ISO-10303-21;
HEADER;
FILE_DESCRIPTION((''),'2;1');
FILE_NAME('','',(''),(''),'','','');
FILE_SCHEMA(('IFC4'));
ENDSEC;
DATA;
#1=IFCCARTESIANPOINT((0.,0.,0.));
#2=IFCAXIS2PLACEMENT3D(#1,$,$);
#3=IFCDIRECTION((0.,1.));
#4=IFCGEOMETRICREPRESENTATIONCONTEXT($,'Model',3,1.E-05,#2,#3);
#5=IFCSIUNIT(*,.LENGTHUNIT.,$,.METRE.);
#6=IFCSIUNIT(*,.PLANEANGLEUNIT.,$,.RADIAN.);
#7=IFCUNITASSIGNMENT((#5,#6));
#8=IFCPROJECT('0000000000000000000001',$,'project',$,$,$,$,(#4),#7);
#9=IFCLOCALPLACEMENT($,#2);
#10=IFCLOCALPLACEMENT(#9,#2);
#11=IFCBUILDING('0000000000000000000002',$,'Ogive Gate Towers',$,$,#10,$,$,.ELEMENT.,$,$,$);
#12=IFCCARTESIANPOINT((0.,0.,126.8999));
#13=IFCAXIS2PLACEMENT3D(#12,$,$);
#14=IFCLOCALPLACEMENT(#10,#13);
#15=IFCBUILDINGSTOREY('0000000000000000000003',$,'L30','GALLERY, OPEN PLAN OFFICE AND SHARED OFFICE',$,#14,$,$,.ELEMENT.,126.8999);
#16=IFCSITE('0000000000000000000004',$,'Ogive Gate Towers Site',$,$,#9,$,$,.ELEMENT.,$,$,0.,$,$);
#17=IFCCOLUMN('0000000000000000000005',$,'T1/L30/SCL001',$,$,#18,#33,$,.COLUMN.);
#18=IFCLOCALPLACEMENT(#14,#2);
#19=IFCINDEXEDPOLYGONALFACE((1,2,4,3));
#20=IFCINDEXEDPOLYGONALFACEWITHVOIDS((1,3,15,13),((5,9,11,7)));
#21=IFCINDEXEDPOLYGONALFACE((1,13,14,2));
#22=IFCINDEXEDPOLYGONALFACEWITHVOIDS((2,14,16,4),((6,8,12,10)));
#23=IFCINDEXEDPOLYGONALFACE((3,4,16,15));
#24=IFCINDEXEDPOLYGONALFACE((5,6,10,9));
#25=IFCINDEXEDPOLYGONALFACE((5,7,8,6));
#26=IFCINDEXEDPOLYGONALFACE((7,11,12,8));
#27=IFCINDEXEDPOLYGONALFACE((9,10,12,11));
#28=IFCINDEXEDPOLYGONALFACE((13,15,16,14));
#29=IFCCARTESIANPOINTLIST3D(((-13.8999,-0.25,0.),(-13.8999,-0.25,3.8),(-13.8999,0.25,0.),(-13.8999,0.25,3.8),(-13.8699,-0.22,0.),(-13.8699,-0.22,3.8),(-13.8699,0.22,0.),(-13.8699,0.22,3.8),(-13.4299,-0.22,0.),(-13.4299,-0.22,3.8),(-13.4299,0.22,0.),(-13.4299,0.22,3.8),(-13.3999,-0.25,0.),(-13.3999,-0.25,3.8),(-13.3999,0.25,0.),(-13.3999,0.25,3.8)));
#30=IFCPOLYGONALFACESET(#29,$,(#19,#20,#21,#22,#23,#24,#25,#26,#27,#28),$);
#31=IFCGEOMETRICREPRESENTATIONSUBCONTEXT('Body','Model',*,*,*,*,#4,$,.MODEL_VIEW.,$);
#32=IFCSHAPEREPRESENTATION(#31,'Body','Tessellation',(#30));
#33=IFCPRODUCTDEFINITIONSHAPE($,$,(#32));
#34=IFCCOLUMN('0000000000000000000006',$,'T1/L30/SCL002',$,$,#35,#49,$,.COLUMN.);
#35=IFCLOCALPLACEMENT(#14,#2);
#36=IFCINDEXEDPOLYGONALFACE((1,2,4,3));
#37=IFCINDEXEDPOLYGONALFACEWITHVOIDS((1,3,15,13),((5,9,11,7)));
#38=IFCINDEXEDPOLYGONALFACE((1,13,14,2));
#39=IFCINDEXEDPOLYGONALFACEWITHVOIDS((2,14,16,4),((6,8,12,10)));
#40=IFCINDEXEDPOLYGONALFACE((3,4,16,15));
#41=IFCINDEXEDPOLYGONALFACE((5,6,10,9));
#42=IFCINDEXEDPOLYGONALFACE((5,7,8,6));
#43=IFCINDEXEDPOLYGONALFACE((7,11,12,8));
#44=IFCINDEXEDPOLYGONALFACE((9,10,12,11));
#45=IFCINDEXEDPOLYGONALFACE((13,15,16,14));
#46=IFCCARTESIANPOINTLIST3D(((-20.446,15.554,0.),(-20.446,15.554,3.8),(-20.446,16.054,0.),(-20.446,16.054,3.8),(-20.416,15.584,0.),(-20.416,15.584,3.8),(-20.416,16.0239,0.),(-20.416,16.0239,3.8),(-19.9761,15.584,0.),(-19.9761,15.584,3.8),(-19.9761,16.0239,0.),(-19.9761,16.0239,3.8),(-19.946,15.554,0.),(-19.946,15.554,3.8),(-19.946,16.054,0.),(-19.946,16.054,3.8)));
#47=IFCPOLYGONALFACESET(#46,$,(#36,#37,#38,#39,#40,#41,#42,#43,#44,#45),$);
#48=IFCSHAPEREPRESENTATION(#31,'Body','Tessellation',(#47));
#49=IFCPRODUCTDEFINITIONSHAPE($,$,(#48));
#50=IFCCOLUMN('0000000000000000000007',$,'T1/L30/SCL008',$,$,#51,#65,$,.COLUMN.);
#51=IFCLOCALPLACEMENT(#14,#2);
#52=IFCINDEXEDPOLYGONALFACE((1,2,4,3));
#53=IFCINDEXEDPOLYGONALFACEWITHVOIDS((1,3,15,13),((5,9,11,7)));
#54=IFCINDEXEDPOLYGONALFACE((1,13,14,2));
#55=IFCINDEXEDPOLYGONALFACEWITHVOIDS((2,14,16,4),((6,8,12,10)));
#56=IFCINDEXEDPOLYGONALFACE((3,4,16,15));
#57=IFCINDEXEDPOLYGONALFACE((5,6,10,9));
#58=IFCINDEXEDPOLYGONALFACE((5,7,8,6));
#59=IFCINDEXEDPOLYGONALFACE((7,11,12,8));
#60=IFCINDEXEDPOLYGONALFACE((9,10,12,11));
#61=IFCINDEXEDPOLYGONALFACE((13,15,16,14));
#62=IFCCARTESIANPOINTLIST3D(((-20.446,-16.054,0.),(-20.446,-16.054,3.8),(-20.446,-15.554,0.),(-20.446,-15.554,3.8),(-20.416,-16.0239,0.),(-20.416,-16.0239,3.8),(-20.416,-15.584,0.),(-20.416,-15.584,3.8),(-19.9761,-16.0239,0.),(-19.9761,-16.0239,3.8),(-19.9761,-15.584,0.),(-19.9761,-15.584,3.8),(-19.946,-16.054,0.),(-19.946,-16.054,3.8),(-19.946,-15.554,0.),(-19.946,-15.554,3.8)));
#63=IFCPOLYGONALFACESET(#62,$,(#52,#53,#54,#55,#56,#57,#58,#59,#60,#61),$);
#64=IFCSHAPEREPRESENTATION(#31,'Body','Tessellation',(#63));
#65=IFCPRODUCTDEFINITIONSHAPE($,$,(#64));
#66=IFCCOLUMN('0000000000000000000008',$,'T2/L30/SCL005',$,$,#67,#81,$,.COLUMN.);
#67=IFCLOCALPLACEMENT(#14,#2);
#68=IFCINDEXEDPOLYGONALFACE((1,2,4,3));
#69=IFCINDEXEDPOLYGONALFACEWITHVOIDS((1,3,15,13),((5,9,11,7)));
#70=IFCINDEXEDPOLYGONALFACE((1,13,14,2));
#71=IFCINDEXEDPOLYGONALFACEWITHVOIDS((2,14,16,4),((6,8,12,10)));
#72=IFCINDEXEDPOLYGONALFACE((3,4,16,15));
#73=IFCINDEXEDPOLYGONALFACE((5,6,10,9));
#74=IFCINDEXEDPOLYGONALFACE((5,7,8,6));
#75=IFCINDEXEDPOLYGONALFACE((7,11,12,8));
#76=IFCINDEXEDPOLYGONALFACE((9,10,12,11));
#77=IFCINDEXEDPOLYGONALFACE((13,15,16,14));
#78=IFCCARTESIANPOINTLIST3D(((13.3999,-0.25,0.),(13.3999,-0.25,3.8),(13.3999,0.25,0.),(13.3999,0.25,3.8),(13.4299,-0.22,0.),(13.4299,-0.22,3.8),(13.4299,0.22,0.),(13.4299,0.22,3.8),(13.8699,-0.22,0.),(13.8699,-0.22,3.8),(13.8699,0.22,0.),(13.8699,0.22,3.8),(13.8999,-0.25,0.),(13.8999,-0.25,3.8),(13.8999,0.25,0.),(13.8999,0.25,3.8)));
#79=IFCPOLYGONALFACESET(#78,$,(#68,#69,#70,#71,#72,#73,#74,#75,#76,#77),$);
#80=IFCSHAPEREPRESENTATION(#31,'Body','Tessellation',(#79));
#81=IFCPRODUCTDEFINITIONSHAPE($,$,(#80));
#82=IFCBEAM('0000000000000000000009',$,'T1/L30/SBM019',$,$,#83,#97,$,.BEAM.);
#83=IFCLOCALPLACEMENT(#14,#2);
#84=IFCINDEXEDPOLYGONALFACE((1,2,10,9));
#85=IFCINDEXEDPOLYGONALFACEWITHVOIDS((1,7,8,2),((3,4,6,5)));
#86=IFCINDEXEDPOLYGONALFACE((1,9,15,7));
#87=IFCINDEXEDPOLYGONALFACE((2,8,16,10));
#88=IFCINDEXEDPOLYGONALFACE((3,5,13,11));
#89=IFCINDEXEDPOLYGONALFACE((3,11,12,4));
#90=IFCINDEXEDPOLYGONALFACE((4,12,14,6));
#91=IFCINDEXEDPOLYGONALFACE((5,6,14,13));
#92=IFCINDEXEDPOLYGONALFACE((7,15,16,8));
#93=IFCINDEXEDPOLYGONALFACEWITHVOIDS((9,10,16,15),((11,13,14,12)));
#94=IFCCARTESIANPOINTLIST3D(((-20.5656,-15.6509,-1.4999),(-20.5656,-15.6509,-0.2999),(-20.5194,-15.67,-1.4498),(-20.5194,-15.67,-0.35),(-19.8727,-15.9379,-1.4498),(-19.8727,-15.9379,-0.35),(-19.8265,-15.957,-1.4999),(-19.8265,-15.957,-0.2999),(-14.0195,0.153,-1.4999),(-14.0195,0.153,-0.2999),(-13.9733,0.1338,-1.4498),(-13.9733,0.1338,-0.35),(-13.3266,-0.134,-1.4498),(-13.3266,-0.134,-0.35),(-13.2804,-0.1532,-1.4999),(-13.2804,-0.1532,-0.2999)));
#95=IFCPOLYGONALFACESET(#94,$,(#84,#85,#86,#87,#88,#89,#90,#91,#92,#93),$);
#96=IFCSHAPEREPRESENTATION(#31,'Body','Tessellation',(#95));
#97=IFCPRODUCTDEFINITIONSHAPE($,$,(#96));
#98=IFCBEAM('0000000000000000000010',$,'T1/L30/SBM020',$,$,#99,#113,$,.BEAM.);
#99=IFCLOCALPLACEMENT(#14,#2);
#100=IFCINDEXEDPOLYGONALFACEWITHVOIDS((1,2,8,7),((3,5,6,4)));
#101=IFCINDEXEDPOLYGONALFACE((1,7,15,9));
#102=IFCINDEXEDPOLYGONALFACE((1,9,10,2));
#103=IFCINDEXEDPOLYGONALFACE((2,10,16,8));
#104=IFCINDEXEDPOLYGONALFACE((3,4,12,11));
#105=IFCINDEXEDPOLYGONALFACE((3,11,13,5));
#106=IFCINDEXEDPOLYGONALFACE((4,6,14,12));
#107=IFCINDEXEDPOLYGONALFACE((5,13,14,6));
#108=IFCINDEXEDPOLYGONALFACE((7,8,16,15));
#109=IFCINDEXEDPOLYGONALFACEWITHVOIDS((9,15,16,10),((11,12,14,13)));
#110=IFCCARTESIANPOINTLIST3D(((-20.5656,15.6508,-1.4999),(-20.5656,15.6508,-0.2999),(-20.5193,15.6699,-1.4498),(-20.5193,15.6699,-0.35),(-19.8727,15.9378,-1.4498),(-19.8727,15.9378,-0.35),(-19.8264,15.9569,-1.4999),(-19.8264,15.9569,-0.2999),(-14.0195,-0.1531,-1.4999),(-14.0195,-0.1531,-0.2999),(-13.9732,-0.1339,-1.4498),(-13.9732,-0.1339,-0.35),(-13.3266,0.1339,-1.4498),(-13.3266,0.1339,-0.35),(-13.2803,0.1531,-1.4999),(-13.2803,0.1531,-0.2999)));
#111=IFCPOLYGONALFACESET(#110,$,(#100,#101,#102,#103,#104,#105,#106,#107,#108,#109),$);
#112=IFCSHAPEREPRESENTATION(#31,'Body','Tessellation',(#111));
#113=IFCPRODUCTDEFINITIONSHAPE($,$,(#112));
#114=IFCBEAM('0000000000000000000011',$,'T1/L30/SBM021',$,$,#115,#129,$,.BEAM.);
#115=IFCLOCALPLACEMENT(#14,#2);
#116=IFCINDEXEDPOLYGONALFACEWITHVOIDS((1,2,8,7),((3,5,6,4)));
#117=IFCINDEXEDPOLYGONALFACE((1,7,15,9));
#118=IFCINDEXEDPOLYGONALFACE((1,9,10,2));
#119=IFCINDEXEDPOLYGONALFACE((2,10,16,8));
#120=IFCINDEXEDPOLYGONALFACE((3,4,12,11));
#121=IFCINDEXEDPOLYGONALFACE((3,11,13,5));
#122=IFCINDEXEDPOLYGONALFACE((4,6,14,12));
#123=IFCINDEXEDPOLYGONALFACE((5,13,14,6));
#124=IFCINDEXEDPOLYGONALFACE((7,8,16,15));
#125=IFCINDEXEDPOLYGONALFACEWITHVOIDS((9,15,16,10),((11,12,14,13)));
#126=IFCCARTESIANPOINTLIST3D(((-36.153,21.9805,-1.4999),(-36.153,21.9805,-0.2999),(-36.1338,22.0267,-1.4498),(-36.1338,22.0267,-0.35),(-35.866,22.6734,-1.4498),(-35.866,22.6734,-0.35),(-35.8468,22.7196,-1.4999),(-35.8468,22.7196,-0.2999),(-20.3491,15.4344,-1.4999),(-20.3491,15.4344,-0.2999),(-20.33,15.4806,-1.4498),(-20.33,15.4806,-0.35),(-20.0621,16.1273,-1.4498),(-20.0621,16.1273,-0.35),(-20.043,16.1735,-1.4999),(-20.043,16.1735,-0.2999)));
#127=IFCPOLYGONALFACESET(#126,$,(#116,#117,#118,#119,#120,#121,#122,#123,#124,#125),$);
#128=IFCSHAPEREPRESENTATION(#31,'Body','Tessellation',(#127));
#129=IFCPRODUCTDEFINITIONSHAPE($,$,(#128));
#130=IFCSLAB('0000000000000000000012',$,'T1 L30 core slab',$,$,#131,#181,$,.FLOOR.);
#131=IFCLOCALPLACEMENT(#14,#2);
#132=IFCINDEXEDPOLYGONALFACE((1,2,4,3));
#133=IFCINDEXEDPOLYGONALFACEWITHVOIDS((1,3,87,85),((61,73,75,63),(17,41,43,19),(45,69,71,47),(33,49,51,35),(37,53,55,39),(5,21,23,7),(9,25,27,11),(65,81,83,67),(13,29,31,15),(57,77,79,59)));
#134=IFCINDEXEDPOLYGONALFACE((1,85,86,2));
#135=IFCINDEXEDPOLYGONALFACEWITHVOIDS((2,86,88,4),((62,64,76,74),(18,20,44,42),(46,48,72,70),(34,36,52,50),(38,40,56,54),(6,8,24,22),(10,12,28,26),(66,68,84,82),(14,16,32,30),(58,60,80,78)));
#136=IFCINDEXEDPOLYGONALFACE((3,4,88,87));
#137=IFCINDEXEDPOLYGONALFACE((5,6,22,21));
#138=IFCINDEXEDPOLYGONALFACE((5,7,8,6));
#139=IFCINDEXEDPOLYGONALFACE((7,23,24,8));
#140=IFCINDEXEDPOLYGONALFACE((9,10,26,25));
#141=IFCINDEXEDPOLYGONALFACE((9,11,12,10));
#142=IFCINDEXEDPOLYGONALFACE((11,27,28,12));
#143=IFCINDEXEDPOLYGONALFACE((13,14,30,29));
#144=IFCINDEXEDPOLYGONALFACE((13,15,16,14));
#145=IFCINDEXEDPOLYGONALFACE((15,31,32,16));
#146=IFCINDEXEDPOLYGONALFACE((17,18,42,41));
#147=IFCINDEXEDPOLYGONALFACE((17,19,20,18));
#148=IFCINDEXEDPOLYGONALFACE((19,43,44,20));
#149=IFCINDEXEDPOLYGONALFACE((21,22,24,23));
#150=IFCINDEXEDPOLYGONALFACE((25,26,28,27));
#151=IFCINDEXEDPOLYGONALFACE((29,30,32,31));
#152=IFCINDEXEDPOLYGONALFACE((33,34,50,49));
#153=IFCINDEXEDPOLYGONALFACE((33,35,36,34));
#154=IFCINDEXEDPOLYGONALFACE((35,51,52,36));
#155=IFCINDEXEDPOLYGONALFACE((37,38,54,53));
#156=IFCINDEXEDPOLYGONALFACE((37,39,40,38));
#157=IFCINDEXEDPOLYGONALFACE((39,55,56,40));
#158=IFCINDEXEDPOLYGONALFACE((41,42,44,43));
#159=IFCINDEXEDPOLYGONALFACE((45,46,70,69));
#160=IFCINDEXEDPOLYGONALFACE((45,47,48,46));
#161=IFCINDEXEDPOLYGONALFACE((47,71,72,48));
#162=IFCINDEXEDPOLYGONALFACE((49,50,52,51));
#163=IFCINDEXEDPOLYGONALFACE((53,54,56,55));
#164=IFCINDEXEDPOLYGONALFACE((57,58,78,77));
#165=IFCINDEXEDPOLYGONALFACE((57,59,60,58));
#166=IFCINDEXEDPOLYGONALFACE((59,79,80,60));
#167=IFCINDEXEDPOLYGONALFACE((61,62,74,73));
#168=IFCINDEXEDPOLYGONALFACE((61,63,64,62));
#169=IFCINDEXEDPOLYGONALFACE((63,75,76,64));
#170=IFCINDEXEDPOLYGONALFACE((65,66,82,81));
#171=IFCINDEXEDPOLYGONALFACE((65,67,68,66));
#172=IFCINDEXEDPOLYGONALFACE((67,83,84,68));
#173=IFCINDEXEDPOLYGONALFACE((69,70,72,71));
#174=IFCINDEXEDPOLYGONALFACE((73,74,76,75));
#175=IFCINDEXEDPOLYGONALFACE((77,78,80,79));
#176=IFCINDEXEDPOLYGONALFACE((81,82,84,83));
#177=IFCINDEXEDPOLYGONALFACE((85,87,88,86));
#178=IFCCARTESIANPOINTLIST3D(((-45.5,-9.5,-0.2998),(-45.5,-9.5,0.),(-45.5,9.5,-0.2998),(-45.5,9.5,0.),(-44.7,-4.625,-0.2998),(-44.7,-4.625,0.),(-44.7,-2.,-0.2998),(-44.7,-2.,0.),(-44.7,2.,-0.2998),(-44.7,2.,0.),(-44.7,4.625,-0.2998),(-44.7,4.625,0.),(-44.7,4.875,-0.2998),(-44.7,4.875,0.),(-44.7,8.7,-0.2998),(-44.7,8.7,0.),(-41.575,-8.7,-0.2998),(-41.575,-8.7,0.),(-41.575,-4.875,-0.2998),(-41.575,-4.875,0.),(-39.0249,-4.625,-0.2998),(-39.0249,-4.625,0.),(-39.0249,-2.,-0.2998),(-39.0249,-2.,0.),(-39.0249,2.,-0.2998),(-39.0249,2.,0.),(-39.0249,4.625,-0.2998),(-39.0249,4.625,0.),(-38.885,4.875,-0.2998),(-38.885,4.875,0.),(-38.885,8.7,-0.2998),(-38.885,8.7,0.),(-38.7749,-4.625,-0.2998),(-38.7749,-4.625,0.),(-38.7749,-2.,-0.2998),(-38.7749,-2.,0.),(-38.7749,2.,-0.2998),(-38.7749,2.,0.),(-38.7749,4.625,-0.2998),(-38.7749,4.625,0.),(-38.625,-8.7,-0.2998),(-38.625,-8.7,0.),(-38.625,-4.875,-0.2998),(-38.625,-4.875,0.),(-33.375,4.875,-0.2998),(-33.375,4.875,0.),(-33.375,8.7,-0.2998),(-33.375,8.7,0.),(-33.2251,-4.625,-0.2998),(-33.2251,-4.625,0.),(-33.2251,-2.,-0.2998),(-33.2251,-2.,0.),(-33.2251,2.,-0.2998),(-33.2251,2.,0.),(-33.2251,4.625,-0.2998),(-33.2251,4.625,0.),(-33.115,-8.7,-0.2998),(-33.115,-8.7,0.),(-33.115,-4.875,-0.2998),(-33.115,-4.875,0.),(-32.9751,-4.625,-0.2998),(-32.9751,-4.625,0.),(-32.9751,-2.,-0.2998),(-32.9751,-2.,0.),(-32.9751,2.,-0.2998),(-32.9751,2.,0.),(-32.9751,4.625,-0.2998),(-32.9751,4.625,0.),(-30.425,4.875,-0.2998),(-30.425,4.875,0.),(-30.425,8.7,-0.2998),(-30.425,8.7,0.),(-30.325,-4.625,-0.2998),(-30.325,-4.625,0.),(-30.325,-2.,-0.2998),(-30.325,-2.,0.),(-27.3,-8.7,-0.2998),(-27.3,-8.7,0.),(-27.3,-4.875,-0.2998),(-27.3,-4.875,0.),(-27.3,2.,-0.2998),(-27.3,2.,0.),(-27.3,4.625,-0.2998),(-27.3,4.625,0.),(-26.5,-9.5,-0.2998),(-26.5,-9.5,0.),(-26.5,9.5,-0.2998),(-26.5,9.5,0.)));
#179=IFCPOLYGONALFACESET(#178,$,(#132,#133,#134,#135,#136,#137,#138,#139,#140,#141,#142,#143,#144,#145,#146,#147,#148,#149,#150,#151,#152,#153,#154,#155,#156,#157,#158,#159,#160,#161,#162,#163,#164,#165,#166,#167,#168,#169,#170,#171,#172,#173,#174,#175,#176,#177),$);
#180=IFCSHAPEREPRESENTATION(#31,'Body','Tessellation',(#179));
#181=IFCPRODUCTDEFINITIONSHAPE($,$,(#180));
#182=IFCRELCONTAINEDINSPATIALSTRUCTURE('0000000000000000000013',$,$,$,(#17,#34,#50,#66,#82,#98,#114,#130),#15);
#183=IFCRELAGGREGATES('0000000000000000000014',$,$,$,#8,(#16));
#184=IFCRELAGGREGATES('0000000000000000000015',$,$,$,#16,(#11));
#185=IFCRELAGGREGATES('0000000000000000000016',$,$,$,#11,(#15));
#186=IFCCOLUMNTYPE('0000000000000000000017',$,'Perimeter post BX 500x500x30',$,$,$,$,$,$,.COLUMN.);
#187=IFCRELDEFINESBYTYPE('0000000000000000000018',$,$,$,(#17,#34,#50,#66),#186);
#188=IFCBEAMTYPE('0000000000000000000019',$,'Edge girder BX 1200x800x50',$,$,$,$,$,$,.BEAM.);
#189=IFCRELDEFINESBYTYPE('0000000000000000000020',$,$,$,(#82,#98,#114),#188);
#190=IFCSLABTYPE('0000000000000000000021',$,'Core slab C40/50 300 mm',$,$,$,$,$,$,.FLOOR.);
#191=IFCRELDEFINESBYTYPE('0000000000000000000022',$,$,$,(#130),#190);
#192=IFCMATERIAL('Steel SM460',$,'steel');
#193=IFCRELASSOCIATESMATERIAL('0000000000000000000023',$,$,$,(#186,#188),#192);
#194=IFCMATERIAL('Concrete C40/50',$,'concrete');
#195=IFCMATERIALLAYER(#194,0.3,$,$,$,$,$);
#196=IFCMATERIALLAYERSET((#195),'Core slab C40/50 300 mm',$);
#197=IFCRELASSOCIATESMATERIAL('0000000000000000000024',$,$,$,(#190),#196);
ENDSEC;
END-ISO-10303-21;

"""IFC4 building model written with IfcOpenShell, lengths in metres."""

from ifc_helpers import new_model, si_unit, direction, frame, origin, origin_2d, place, context, subcontext, project, spatial, polyline, hollow_rectangle, outline, extrude, material, layer, layer_set, material_profile, profile_set, type_object, element, save


model = new_model("IFC4")

# Units and contexts
model_context = context("Model", 3, precision=1e-05, world=origin(), true_north=direction((0.0, 1.0)))
body_context = subcontext(model_context, "Body", "Model", "MODEL_VIEW")
ifc_project = project(units=[si_unit("LENGTHUNIT", "METRE"), si_unit("PLANEANGLEUNIT", "RADIAN")], contexts=[model_context])

# Site, building, storey
site_placement = place(None, origin())
site = spatial("IfcSite", under=ifc_project, at=site_placement, Name="Ogive Gate Towers Site", CompositionType="ELEMENT", RefElevation=0.0)
building_placement = place(site_placement, origin())
building = spatial("IfcBuilding", under=site, at=building_placement, Name="Ogive Gate Towers", CompositionType="ELEMENT")
storey_placement = place(building_placement, frame((0.0, 0.0, 126.8999)))
storey = spatial("IfcBuildingStorey", under=building, at=storey_placement, Name="L30", Description="GALLERY, OPEN PLAN OFFICE AND SHARED OFFICE", CompositionType="ELEMENT", Elevation=126.8999)

# Columns
ifc_material_1 = material(Name="Steel SM460", Category="steel")
ifc_material_profile_1 = material_profile(ifc_material_1, hollow_rectangle(XDim=0.5, YDim=0.5, WallThickness=0.03, at=origin_2d()), Name="BX 500x500x30")
ifc_profile_set_1 = profile_set([ifc_material_profile_1], Name="Steel SM460")
column_type = type_object("IfcColumnType", Name="Perimeter post BX 500x500x30", PredefinedType="COLUMN", material=ifc_profile_set_1)
for number, where, z_axis, x_axis, name in (
    (1, (-13.6499, 0.0, 0.0), (0.0, 0.0, 1.0), (1.0, 0.0, 0.0), "T1/L30/SCL001"),
    (2, (-20.196, 15.804, 0.0), (0.0, 0.0, 1.0), (1.0, 0.0, 0.0), "T1/L30/SCL002"),
    (3, (-20.196, -15.804, 0.0), (0.0, 0.0, 1.0), (1.0, 0.0, 0.0), "T1/L30/SCL008"),
    (4, (13.6499, 0.0, 0.0), (0.0, 0.0, 1.0), (1.0, 0.0, 0.0), "T2/L30/SCL005"),
):
    element("IfcColumn", number, at=place(storey_placement, frame(where, z_axis=z_axis, x_axis=x_axis)), inside=storey, type_object=column_type, Name=name, PredefinedType="COLUMN", context=body_context, shape_type="SweptSolid", body=[
        extrude(hollow_rectangle(XDim=0.5, YDim=0.5, WallThickness=0.03, at=origin_2d()), origin(), (0.0, 0.0, 1.0), 3.8),
    ])

# Beams
ifc_material_profile_2 = material_profile(ifc_material_1, hollow_rectangle(XDim=0.8, YDim=1.2, WallThickness=0.05, at=origin_2d()), Name="BX 1200x800x50")
ifc_profile_set_2 = profile_set([ifc_material_profile_2], Name="Steel SM460")
beam_type = type_object("IfcBeamType", Name="Edge girder BX 1200x800x50", PredefinedType="BEAM", material=ifc_profile_set_2)
for number, where, z_axis, x_axis, name in (
    (5, (-20.196, -15.804, -0.8999), (0.38268, 0.923881, 0.0), (-0.923881, 0.38268, 0.0), "T1/L30/SBM019"),
    (6, (-13.6499, 0.0, -0.8999), (-0.38268, 0.923881, 0.0), (-0.923881, -0.38268, 0.0), "T1/L30/SBM020"),
    (7, (-20.196, 15.804, -0.8999), (-0.923881, 0.38268, 0.0), (-0.38268, -0.923881, 0.0), "T1/L30/SBM021"),
):
    element("IfcBeam", number, at=place(storey_placement, frame(where, z_axis=z_axis, x_axis=x_axis)), inside=storey, type_object=beam_type, Name=name, PredefinedType="BEAM", context=body_context, shape_type="SweptSolid", body=[
        extrude(hollow_rectangle(XDim=0.8, YDim=1.2, WallThickness=0.05, at=origin_2d()), origin(), (0.0, 0.0, 1.0), 17.106),
    ])

# Slab
ifc_material_2 = material(Name="Concrete C40/50", Category="concrete")
ifc_layer_1 = layer(ifc_material_2, 0.3)
ifc_layer_set_1 = layer_set([ifc_layer_1], Name="Core slab C40/50 300 mm")
slab_type_1 = type_object("IfcSlabType", Name="Core slab C40/50 300 mm", PredefinedType="FLOOR", material=ifc_layer_set_1)
slab_1_placement = place(storey_placement, frame((0.0, 0.0, -0.2998)))
element("IfcSlab", 8, at=slab_1_placement, inside=storey, type_object=slab_type_1, Name="T1 L30 core slab", PredefinedType="FLOOR", context=body_context, shape_type="SweptSolid", body=[
    extrude(outline(polyline([(-26.5, 9.5), (-26.5, -9.5), (-45.5, -9.5), (-45.5, 9.5), (-26.5, 9.5)]), holes=[polyline([(-39.0249, 4.625), (-44.7, 4.625), (-44.7, 2.0), (-39.0249, 2.0), (-39.0249, 4.625)]), polyline([(-33.2251, 2.0), (-33.2251, 4.625), (-38.7749, 4.625), (-38.7749, 2.0), (-33.2251, 2.0)]), polyline([(-32.9751, 2.0), (-27.3, 2.0), (-27.3, 4.625), (-32.9751, 4.625), (-32.9751, 2.0)]), polyline([(-44.7, -2.0), (-44.7, -4.625), (-39.0249, -4.625), (-39.0249, -2.0), (-44.7, -2.0)]), polyline([(-33.2251, -2.0), (-38.7749, -2.0), (-38.7749, -4.625), (-33.2251, -4.625), (-33.2251, -2.0)]), polyline([(-30.325, -4.625), (-30.325, -2.0), (-32.9751, -2.0), (-32.9751, -4.625), (-30.325, -4.625)]), polyline([(-33.375, 4.875), (-30.425, 4.875), (-30.425, 8.7), (-33.375, 8.7), (-33.375, 4.875)]), polyline([(-41.575, -4.875), (-41.575, -8.7), (-38.625, -8.7), (-38.625, -4.875), (-41.575, -4.875)]), polyline([(-44.7, 4.875), (-38.885, 4.875), (-38.885, 8.7), (-44.7, 8.7), (-44.7, 4.875)]), polyline([(-27.3, -8.7), (-27.3, -4.875), (-33.115, -4.875), (-33.115, -8.7), (-27.3, -8.7)])]), origin(), (0.0, 0.0, 1.0), 0.2998),
])

save(model, "model.ifc")
